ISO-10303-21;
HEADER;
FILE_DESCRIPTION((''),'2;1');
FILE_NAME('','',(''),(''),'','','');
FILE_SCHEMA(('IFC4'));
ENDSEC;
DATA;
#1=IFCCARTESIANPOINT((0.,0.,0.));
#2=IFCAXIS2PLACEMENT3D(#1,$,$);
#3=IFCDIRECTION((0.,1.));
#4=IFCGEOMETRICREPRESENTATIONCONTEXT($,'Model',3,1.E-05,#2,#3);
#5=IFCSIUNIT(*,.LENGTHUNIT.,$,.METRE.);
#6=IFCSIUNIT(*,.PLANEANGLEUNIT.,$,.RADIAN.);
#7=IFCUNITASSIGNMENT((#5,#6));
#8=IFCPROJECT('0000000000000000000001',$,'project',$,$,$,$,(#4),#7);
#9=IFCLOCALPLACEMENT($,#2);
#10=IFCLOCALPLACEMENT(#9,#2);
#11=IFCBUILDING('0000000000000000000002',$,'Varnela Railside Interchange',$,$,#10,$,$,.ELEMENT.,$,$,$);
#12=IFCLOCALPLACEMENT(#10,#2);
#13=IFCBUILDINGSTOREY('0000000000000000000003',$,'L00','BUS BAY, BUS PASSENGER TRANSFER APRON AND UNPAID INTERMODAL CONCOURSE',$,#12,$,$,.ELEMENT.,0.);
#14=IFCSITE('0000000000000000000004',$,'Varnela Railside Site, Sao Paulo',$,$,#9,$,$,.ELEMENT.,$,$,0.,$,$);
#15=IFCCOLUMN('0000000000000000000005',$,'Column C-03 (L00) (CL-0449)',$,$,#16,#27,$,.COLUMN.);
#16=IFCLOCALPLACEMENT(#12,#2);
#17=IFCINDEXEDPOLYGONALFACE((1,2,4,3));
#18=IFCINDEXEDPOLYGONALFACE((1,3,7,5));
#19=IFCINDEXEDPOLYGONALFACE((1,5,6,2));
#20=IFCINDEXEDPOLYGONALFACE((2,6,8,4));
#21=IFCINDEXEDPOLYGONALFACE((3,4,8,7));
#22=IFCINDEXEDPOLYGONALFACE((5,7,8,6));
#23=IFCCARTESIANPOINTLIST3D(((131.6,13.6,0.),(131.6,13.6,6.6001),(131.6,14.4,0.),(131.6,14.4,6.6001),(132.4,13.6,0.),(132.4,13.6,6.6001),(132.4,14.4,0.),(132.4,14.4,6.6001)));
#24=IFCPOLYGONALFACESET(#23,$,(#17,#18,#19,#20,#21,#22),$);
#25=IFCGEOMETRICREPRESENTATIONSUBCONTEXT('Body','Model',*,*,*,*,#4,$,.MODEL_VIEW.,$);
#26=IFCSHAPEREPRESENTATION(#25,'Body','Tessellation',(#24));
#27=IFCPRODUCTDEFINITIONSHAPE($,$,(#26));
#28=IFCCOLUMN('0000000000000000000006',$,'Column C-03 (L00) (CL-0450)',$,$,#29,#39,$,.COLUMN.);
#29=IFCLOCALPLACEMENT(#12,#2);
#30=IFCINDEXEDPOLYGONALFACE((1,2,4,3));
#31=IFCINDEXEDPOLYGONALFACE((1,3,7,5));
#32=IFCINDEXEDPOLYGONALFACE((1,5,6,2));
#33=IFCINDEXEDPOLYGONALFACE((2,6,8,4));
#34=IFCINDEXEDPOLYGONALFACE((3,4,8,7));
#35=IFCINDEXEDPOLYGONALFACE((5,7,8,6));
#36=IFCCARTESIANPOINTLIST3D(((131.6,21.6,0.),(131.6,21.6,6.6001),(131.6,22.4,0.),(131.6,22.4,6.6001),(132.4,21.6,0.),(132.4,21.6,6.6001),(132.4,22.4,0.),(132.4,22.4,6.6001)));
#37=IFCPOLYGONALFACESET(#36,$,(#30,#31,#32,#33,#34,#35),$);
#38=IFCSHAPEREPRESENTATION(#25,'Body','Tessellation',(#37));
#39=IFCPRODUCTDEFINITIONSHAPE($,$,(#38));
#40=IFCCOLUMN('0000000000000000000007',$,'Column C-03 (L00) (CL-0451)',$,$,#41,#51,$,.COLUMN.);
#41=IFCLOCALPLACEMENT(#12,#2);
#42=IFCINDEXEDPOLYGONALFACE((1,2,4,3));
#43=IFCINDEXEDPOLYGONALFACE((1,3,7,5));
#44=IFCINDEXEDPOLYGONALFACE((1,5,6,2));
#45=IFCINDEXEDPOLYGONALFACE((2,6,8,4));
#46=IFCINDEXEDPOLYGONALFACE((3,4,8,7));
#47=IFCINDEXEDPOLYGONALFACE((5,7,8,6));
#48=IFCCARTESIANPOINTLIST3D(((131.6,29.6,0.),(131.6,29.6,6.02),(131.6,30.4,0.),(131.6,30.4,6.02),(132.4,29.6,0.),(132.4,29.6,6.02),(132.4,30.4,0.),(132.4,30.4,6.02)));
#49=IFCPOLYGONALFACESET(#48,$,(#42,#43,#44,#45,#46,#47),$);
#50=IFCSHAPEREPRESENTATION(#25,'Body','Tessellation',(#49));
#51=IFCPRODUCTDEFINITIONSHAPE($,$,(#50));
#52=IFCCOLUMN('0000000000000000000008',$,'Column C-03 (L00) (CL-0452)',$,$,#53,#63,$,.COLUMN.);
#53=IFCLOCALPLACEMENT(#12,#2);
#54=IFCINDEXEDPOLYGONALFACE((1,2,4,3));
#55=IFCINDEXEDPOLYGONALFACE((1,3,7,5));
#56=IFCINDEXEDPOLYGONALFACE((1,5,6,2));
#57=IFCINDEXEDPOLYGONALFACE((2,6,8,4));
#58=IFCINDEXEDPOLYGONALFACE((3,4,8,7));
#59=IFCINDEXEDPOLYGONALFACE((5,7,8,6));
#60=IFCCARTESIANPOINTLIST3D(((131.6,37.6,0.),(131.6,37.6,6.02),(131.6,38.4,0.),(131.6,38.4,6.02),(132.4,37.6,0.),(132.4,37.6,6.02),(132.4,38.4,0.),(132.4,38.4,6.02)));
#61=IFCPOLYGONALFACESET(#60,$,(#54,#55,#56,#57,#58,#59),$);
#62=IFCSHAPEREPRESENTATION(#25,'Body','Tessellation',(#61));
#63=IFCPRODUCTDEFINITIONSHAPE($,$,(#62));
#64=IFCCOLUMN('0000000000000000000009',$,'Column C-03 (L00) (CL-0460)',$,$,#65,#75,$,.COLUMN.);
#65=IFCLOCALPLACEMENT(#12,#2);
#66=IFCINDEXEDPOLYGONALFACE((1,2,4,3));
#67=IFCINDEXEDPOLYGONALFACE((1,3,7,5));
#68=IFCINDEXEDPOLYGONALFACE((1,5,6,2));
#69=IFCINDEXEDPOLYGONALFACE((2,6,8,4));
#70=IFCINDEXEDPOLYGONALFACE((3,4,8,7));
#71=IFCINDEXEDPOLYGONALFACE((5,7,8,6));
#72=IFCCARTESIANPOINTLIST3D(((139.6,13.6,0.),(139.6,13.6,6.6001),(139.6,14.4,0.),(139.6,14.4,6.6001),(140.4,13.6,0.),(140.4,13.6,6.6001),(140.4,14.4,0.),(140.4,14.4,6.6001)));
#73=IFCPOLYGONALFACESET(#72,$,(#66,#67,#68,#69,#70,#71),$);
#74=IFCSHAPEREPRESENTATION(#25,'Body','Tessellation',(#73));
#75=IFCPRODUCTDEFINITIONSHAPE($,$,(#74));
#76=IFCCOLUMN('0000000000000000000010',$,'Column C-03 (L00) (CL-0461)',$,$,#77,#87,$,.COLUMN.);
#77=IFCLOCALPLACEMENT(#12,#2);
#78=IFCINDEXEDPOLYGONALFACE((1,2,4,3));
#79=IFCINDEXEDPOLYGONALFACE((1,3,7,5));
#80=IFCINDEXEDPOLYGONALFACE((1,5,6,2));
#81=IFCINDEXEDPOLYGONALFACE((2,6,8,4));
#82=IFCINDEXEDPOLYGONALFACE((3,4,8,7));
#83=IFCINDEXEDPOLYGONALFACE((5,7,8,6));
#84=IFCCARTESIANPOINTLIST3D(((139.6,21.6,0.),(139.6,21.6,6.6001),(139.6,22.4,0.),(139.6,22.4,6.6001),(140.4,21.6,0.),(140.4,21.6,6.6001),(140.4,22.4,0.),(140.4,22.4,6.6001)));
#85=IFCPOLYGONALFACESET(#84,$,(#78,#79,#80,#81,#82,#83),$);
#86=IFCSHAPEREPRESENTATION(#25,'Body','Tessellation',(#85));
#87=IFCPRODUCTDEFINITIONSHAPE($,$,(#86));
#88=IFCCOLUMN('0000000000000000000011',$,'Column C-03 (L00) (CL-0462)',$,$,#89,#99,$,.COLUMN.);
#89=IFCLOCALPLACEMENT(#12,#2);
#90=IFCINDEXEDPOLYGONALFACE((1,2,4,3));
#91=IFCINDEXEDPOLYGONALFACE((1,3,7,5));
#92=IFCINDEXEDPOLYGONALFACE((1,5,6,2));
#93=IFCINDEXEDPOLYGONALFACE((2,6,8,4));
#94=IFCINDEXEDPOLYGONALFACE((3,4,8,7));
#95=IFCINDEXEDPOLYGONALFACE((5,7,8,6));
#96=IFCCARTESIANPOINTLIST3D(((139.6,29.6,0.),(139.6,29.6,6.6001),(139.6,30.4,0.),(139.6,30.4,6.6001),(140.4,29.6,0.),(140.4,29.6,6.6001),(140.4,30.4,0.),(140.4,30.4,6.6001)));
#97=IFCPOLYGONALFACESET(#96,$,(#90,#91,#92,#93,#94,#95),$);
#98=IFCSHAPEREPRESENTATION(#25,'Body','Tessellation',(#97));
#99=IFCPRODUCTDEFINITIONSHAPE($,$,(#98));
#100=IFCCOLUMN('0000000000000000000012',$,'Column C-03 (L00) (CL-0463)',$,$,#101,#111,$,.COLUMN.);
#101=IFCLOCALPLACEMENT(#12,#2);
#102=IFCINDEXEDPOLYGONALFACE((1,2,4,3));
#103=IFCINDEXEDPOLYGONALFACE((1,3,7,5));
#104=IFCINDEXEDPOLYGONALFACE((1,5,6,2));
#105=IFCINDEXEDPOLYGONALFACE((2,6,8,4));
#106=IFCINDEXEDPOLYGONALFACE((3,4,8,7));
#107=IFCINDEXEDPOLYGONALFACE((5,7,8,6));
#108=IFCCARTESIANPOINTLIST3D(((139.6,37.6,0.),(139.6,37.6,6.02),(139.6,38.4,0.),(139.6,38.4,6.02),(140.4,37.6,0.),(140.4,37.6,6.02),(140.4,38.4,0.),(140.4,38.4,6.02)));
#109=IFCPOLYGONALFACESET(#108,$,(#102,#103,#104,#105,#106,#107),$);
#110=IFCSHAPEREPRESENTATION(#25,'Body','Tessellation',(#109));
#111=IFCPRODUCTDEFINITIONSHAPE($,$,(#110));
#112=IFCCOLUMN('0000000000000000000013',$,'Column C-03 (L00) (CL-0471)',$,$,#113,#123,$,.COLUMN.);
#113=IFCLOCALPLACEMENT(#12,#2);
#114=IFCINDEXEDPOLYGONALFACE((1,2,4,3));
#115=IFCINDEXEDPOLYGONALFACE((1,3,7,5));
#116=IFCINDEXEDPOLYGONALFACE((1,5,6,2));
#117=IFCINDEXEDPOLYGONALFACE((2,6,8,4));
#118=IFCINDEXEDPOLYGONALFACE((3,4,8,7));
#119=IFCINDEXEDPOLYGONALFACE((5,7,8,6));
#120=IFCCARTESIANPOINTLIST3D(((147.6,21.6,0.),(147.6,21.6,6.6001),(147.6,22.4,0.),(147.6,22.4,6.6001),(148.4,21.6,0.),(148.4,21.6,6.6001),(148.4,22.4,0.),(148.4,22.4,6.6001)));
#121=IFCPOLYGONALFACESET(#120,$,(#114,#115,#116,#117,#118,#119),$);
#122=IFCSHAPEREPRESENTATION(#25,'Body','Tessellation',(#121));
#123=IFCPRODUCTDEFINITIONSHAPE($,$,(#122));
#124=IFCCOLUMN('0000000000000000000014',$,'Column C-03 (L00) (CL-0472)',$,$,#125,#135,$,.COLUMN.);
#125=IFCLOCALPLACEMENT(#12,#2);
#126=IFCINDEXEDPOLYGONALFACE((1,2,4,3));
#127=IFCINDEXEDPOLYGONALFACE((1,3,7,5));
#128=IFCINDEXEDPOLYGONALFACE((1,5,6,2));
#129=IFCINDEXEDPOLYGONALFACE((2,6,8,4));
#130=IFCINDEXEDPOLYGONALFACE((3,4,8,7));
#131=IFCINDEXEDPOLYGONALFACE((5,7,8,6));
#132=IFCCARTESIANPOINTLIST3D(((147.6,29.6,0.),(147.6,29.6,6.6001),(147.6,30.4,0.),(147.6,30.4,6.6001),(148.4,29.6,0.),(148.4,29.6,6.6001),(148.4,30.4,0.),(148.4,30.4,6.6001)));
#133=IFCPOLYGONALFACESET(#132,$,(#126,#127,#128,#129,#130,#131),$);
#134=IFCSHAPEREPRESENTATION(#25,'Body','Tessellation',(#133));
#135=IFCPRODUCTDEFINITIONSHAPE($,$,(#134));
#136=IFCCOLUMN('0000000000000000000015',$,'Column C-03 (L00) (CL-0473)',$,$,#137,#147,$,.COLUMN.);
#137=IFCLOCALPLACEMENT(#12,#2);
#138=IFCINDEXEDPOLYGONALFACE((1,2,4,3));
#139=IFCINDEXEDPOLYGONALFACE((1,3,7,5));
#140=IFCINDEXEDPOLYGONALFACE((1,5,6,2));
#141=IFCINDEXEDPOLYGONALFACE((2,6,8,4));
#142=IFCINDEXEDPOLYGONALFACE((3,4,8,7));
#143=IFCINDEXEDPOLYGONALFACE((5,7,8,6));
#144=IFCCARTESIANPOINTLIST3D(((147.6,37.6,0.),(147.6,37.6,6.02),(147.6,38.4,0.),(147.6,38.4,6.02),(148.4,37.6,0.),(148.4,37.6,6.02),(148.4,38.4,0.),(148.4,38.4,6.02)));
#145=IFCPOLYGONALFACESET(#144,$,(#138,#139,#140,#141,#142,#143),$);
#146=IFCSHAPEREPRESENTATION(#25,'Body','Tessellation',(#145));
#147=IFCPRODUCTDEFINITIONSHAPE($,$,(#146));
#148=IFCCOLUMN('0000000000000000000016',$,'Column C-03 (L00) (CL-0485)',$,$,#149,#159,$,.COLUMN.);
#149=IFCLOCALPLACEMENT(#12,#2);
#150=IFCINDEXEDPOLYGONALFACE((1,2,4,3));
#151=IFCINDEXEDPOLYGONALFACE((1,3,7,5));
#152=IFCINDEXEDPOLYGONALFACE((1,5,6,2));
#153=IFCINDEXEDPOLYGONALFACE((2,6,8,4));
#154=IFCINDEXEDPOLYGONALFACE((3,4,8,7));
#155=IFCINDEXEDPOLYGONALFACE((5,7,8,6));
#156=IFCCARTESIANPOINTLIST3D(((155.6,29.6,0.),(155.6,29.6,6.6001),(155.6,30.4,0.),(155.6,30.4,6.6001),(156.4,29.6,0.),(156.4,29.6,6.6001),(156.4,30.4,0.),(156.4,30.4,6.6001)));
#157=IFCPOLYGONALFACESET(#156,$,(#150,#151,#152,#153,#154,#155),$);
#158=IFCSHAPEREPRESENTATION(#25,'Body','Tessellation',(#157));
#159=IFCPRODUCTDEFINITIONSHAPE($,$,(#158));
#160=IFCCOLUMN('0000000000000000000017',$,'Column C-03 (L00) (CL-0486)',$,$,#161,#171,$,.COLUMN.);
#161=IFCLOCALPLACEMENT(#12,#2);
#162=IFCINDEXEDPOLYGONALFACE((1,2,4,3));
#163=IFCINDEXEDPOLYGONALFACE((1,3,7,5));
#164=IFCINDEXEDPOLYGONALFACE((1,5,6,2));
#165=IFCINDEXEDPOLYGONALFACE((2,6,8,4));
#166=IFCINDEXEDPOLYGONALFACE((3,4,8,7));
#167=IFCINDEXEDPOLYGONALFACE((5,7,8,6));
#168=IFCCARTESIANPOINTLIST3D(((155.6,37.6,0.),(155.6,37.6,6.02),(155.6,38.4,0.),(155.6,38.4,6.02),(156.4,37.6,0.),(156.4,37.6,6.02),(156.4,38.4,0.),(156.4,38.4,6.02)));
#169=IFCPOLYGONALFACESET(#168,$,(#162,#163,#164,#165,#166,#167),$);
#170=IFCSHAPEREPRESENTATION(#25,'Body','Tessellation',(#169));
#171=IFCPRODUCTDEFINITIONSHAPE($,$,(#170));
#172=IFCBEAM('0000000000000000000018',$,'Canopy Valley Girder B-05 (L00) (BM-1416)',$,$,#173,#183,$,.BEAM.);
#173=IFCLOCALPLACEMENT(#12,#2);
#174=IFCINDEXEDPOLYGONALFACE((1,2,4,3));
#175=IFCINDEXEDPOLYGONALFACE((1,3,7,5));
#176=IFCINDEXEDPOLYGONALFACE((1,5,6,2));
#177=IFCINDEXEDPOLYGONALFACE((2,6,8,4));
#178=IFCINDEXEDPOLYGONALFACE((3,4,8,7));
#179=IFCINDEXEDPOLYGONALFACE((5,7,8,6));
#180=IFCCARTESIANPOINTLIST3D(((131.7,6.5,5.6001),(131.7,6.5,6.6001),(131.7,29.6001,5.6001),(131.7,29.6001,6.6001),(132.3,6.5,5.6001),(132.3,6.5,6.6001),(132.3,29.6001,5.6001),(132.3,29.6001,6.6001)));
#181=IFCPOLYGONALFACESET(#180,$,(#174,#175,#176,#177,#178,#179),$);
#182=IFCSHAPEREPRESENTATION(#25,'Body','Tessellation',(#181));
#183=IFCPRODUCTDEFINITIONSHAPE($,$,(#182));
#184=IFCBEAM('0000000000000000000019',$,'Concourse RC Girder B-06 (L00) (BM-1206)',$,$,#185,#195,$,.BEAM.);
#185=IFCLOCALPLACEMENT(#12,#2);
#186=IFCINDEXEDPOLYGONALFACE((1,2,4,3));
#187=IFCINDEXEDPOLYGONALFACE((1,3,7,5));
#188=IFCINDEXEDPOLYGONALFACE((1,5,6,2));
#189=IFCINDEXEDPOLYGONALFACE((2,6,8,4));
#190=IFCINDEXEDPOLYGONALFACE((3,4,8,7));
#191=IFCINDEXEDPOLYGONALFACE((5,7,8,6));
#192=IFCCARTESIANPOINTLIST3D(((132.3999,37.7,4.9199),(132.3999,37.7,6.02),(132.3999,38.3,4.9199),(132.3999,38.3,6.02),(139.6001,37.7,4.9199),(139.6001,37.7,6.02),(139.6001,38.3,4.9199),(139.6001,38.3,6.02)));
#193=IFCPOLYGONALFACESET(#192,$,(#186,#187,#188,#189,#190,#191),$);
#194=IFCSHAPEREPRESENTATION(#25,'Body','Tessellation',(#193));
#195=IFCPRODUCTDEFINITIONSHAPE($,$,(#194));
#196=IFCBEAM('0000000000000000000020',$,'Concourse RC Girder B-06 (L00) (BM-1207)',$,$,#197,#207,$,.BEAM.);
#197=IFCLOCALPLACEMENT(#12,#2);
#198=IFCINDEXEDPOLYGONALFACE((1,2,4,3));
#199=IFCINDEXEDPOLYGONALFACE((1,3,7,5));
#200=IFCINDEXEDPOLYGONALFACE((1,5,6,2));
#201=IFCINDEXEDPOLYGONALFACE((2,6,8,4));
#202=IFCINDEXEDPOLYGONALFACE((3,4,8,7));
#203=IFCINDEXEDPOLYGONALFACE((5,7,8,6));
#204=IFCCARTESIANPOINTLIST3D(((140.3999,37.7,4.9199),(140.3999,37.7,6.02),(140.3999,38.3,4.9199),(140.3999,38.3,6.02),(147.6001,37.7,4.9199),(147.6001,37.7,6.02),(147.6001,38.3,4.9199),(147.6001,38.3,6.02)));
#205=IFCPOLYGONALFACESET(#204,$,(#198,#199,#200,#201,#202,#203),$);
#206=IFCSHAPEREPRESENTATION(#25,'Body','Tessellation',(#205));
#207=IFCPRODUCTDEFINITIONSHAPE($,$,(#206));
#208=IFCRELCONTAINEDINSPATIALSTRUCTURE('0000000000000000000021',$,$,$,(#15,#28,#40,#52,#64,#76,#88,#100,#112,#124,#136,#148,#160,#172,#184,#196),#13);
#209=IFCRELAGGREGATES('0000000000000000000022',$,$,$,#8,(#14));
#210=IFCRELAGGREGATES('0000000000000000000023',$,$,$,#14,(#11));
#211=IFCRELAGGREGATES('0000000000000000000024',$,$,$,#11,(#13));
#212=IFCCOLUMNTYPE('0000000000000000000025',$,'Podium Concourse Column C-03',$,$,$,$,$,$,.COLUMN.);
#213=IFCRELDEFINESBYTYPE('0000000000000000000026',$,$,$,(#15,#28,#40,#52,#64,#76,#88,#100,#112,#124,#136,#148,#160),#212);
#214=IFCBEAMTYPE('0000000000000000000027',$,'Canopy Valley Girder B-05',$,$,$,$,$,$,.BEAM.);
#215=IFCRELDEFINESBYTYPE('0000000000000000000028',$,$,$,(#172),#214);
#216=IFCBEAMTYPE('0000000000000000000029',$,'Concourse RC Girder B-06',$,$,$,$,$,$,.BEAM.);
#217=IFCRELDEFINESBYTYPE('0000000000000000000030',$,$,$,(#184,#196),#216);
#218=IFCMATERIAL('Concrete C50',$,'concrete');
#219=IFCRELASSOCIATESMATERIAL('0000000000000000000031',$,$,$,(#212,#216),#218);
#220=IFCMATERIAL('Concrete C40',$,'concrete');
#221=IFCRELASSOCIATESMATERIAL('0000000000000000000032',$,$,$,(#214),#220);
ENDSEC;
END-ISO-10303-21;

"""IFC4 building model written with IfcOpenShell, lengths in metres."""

from ifc_helpers import new_model, si_unit, direction, frame, origin, origin_2d, place, context, subcontext, project, spatial, rectangle, extrude, material, material_profile, profile_set, type_object, element, save


model = new_model("IFC4")

# Units and contexts
model_context = context("Model", 3, precision=1e-05, world=origin(), true_north=direction((0.0, 1.0)))
body_context = subcontext(model_context, "Body", "Model", "MODEL_VIEW")
ifc_project = project(units=[si_unit("LENGTHUNIT", "METRE"), si_unit("PLANEANGLEUNIT", "RADIAN")], contexts=[model_context])

# Site, building, storey
site_placement = place(None, origin())
site = spatial("IfcSite", under=ifc_project, at=site_placement, Name="Varnela Railside Site, Sao Paulo", CompositionType="ELEMENT", RefElevation=0.0)
building_placement = place(site_placement, origin())
building = spatial("IfcBuilding", under=site, at=building_placement, Name="Varnela Railside Interchange", CompositionType="ELEMENT")
storey_placement = place(building_placement, origin())
storey = spatial("IfcBuildingStorey", under=building, at=storey_placement, Name="L00", Description="BUS BAY, BUS PASSENGER TRANSFER APRON AND UNPAID INTERMODAL CONCOURSE", CompositionType="ELEMENT", Elevation=0.0)

# Columns
ifc_material_1 = material(Name="Concrete C50", Category="concrete")
ifc_material_profile_1 = material_profile(ifc_material_1, rectangle(XDim=0.8, YDim=0.8, at=origin_2d()), Name="RC 800x800")
ifc_profile_set_1 = profile_set([ifc_material_profile_1], Name="Concrete C50")
column_type = type_object("IfcColumnType", Name="Podium Concourse Column C-03", PredefinedType="COLUMN", material=ifc_profile_set_1)
for number, where, z_axis, x_axis, name in (
    (1, (132.0, 14.0, 0.0), (0.0, 0.0, 1.0), (1.0, 0.0, 0.0), "Column C-03 (L00) (CL-0449)"),
    (2, (132.0, 22.0, 0.0), (0.0, 0.0, 1.0), (1.0, 0.0, 0.0), "Column C-03 (L00) (CL-0450)"),
):
    element("IfcColumn", number, at=place(storey_placement, frame(where, z_axis=z_axis, x_axis=x_axis)), inside=storey, type_object=column_type, Name=name, PredefinedType="COLUMN", context=body_context, shape_type="SweptSolid", body=[
        extrude(rectangle(XDim=0.8, YDim=0.8, at=origin_2d()), origin(), (0.0, 0.0, 1.0), 6.6001),
    ])
for number, where, z_axis, x_axis, name in (
    (3, (132.0, 30.0, 0.0), (0.0, 0.0, 1.0), (1.0, 0.0, 0.0), "Column C-03 (L00) (CL-0451)"),
    (4, (132.0, 38.0, 0.0), (0.0, 0.0, 1.0), (1.0, 0.0, 0.0), "Column C-03 (L00) (CL-0452)"),
):
    element("IfcColumn", number, at=place(storey_placement, frame(where, z_axis=z_axis, x_axis=x_axis)), inside=storey, type_object=column_type, Name=name, PredefinedType="COLUMN", context=body_context, shape_type="SweptSolid", body=[
        extrude(rectangle(XDim=0.8, YDim=0.8, at=origin_2d()), origin(), (0.0, 0.0, 1.0), 6.02),
    ])
for number, where, z_axis, x_axis, name in (
    (5, (140.0, 14.0, 0.0), (0.0, 0.0, 1.0), (1.0, 0.0, 0.0), "Column C-03 (L00) (CL-0460)"),
    (6, (140.0, 22.0, 0.0), (0.0, 0.0, 1.0), (1.0, 0.0, 0.0), "Column C-03 (L00) (CL-0461)"),
    (7, (140.0, 30.0, 0.0), (0.0, 0.0, 1.0), (1.0, 0.0, 0.0), "Column C-03 (L00) (CL-0462)"),
):
    element("IfcColumn", number, at=place(storey_placement, frame(where, z_axis=z_axis, x_axis=x_axis)), inside=storey, type_object=column_type, Name=name, PredefinedType="COLUMN", context=body_context, shape_type="SweptSolid", body=[
        extrude(rectangle(XDim=0.8, YDim=0.8, at=origin_2d()), origin(), (0.0, 0.0, 1.0), 6.6001),
    ])
column_1_placement = place(storey_placement, frame((140.0, 38.0, 0.0), z_axis=(0.0, 0.0, 1.0), x_axis=(1.0, 0.0, 0.0)))
element("IfcColumn", 8, at=column_1_placement, inside=storey, type_object=column_type, Name="Column C-03 (L00) (CL-0463)", PredefinedType="COLUMN", context=body_context, shape_type="SweptSolid", body=[
    extrude(rectangle(XDim=0.8, YDim=0.8, at=origin_2d()), origin(), (0.0, 0.0, 1.0), 6.02),
])
for number, where, z_axis, x_axis, name in (
    (9, (148.0, 22.0, 0.0), (0.0, 0.0, 1.0), (1.0, 0.0, 0.0), "Column C-03 (L00) (CL-0471)"),
    (10, (148.0, 30.0, 0.0), (0.0, 0.0, 1.0), (1.0, 0.0, 0.0), "Column C-03 (L00) (CL-0472)"),
):
    element("IfcColumn", number, at=place(storey_placement, frame(where, z_axis=z_axis, x_axis=x_axis)), inside=storey, type_object=column_type, Name=name, PredefinedType="COLUMN", context=body_context, shape_type="SweptSolid", body=[
        extrude(rectangle(XDim=0.8, YDim=0.8, at=origin_2d()), origin(), (0.0, 0.0, 1.0), 6.6001),
    ])
column_2_placement = place(storey_placement, frame((148.0, 38.0, 0.0), z_axis=(0.0, 0.0, 1.0), x_axis=(1.0, 0.0, 0.0)))
element("IfcColumn", 11, at=column_2_placement, inside=storey, type_object=column_type, Name="Column C-03 (L00) (CL-0473)", PredefinedType="COLUMN", context=body_context, shape_type="SweptSolid", body=[
    extrude(rectangle(XDim=0.8, YDim=0.8, at=origin_2d()), origin(), (0.0, 0.0, 1.0), 6.02),
])
column_3_placement = place(storey_placement, frame((156.0, 30.0, 0.0), z_axis=(0.0, 0.0, 1.0), x_axis=(1.0, 0.0, 0.0)))
element("IfcColumn", 12, at=column_3_placement, inside=storey, type_object=column_type, Name="Column C-03 (L00) (CL-0485)", PredefinedType="COLUMN", context=body_context, shape_type="SweptSolid", body=[
    extrude(rectangle(XDim=0.8, YDim=0.8, at=origin_2d()), origin(), (0.0, 0.0, 1.0), 6.6001),
])
column_4_placement = place(storey_placement, frame((156.0, 38.0, 0.0), z_axis=(0.0, 0.0, 1.0), x_axis=(1.0, 0.0, 0.0)))
element("IfcColumn", 13, at=column_4_placement, inside=storey, type_object=column_type, Name="Column C-03 (L00) (CL-0486)", PredefinedType="COLUMN", context=body_context, shape_type="SweptSolid", body=[
    extrude(rectangle(XDim=0.8, YDim=0.8, at=origin_2d()), origin(), (0.0, 0.0, 1.0), 6.02),
])

# Beams
ifc_material_2 = material(Name="Concrete C40", Category="concrete")
ifc_material_profile_2 = material_profile(ifc_material_2, rectangle(XDim=0.6001, YDim=1.0, at=origin_2d()), Name="RC 600x1000")
ifc_profile_set_2 = profile_set([ifc_material_profile_2], Name="Concrete C40")
beam_type_1 = type_object("IfcBeamType", Name="Canopy Valley Girder B-05", PredefinedType="BEAM", material=ifc_profile_set_2)
beam_1_placement = place(storey_placement, frame((132.0, 6.5, 6.1001), z_axis=(0.0, 1.0, 0.0), x_axis=(-1.0, 0.0, 0.0)))
element("IfcBeam", 14, at=beam_1_placement, inside=storey, type_object=beam_type_1, Name="Canopy Valley Girder B-05 (L00) (BM-1416)", PredefinedType="BEAM", context=body_context, shape_type="SweptSolid", body=[
    extrude(rectangle(XDim=0.6001, YDim=1.0, at=origin_2d()), origin(), (0.0, 0.0, 1.0), 23.1001),
])
ifc_material_profile_3 = material_profile(ifc_material_1, rectangle(XDim=0.6001, YDim=1.1001, at=origin_2d()), Name="RC 600x1100")
ifc_profile_set_3 = profile_set([ifc_material_profile_3], Name="Concrete C50")
beam_type_2 = type_object("IfcBeamType", Name="Concourse RC Girder B-06", PredefinedType="BEAM", material=ifc_profile_set_3)
for number, where, z_axis, x_axis, name in (
    (15, (132.3999, 38.0, 5.47), (1.0, 0.0, 0.0), (0.0, 1.0, 0.0), "Concourse RC Girder B-06 (L00) (BM-1206)"),
    (16, (140.3999, 38.0, 5.47), (1.0, 0.0, 0.0), (0.0, 1.0, 0.0), "Concourse RC Girder B-06 (L00) (BM-1207)"),
):
    element("IfcBeam", number, at=place(storey_placement, frame(where, z_axis=z_axis, x_axis=x_axis)), inside=storey, type_object=beam_type_2, Name=name, PredefinedType="BEAM", context=body_context, shape_type="SweptSolid", body=[
        extrude(rectangle(XDim=0.6001, YDim=1.1001, at=origin_2d()), origin(), (0.0, 0.0, 1.0), 7.2002),
    ])

save(model, "model.ifc")
